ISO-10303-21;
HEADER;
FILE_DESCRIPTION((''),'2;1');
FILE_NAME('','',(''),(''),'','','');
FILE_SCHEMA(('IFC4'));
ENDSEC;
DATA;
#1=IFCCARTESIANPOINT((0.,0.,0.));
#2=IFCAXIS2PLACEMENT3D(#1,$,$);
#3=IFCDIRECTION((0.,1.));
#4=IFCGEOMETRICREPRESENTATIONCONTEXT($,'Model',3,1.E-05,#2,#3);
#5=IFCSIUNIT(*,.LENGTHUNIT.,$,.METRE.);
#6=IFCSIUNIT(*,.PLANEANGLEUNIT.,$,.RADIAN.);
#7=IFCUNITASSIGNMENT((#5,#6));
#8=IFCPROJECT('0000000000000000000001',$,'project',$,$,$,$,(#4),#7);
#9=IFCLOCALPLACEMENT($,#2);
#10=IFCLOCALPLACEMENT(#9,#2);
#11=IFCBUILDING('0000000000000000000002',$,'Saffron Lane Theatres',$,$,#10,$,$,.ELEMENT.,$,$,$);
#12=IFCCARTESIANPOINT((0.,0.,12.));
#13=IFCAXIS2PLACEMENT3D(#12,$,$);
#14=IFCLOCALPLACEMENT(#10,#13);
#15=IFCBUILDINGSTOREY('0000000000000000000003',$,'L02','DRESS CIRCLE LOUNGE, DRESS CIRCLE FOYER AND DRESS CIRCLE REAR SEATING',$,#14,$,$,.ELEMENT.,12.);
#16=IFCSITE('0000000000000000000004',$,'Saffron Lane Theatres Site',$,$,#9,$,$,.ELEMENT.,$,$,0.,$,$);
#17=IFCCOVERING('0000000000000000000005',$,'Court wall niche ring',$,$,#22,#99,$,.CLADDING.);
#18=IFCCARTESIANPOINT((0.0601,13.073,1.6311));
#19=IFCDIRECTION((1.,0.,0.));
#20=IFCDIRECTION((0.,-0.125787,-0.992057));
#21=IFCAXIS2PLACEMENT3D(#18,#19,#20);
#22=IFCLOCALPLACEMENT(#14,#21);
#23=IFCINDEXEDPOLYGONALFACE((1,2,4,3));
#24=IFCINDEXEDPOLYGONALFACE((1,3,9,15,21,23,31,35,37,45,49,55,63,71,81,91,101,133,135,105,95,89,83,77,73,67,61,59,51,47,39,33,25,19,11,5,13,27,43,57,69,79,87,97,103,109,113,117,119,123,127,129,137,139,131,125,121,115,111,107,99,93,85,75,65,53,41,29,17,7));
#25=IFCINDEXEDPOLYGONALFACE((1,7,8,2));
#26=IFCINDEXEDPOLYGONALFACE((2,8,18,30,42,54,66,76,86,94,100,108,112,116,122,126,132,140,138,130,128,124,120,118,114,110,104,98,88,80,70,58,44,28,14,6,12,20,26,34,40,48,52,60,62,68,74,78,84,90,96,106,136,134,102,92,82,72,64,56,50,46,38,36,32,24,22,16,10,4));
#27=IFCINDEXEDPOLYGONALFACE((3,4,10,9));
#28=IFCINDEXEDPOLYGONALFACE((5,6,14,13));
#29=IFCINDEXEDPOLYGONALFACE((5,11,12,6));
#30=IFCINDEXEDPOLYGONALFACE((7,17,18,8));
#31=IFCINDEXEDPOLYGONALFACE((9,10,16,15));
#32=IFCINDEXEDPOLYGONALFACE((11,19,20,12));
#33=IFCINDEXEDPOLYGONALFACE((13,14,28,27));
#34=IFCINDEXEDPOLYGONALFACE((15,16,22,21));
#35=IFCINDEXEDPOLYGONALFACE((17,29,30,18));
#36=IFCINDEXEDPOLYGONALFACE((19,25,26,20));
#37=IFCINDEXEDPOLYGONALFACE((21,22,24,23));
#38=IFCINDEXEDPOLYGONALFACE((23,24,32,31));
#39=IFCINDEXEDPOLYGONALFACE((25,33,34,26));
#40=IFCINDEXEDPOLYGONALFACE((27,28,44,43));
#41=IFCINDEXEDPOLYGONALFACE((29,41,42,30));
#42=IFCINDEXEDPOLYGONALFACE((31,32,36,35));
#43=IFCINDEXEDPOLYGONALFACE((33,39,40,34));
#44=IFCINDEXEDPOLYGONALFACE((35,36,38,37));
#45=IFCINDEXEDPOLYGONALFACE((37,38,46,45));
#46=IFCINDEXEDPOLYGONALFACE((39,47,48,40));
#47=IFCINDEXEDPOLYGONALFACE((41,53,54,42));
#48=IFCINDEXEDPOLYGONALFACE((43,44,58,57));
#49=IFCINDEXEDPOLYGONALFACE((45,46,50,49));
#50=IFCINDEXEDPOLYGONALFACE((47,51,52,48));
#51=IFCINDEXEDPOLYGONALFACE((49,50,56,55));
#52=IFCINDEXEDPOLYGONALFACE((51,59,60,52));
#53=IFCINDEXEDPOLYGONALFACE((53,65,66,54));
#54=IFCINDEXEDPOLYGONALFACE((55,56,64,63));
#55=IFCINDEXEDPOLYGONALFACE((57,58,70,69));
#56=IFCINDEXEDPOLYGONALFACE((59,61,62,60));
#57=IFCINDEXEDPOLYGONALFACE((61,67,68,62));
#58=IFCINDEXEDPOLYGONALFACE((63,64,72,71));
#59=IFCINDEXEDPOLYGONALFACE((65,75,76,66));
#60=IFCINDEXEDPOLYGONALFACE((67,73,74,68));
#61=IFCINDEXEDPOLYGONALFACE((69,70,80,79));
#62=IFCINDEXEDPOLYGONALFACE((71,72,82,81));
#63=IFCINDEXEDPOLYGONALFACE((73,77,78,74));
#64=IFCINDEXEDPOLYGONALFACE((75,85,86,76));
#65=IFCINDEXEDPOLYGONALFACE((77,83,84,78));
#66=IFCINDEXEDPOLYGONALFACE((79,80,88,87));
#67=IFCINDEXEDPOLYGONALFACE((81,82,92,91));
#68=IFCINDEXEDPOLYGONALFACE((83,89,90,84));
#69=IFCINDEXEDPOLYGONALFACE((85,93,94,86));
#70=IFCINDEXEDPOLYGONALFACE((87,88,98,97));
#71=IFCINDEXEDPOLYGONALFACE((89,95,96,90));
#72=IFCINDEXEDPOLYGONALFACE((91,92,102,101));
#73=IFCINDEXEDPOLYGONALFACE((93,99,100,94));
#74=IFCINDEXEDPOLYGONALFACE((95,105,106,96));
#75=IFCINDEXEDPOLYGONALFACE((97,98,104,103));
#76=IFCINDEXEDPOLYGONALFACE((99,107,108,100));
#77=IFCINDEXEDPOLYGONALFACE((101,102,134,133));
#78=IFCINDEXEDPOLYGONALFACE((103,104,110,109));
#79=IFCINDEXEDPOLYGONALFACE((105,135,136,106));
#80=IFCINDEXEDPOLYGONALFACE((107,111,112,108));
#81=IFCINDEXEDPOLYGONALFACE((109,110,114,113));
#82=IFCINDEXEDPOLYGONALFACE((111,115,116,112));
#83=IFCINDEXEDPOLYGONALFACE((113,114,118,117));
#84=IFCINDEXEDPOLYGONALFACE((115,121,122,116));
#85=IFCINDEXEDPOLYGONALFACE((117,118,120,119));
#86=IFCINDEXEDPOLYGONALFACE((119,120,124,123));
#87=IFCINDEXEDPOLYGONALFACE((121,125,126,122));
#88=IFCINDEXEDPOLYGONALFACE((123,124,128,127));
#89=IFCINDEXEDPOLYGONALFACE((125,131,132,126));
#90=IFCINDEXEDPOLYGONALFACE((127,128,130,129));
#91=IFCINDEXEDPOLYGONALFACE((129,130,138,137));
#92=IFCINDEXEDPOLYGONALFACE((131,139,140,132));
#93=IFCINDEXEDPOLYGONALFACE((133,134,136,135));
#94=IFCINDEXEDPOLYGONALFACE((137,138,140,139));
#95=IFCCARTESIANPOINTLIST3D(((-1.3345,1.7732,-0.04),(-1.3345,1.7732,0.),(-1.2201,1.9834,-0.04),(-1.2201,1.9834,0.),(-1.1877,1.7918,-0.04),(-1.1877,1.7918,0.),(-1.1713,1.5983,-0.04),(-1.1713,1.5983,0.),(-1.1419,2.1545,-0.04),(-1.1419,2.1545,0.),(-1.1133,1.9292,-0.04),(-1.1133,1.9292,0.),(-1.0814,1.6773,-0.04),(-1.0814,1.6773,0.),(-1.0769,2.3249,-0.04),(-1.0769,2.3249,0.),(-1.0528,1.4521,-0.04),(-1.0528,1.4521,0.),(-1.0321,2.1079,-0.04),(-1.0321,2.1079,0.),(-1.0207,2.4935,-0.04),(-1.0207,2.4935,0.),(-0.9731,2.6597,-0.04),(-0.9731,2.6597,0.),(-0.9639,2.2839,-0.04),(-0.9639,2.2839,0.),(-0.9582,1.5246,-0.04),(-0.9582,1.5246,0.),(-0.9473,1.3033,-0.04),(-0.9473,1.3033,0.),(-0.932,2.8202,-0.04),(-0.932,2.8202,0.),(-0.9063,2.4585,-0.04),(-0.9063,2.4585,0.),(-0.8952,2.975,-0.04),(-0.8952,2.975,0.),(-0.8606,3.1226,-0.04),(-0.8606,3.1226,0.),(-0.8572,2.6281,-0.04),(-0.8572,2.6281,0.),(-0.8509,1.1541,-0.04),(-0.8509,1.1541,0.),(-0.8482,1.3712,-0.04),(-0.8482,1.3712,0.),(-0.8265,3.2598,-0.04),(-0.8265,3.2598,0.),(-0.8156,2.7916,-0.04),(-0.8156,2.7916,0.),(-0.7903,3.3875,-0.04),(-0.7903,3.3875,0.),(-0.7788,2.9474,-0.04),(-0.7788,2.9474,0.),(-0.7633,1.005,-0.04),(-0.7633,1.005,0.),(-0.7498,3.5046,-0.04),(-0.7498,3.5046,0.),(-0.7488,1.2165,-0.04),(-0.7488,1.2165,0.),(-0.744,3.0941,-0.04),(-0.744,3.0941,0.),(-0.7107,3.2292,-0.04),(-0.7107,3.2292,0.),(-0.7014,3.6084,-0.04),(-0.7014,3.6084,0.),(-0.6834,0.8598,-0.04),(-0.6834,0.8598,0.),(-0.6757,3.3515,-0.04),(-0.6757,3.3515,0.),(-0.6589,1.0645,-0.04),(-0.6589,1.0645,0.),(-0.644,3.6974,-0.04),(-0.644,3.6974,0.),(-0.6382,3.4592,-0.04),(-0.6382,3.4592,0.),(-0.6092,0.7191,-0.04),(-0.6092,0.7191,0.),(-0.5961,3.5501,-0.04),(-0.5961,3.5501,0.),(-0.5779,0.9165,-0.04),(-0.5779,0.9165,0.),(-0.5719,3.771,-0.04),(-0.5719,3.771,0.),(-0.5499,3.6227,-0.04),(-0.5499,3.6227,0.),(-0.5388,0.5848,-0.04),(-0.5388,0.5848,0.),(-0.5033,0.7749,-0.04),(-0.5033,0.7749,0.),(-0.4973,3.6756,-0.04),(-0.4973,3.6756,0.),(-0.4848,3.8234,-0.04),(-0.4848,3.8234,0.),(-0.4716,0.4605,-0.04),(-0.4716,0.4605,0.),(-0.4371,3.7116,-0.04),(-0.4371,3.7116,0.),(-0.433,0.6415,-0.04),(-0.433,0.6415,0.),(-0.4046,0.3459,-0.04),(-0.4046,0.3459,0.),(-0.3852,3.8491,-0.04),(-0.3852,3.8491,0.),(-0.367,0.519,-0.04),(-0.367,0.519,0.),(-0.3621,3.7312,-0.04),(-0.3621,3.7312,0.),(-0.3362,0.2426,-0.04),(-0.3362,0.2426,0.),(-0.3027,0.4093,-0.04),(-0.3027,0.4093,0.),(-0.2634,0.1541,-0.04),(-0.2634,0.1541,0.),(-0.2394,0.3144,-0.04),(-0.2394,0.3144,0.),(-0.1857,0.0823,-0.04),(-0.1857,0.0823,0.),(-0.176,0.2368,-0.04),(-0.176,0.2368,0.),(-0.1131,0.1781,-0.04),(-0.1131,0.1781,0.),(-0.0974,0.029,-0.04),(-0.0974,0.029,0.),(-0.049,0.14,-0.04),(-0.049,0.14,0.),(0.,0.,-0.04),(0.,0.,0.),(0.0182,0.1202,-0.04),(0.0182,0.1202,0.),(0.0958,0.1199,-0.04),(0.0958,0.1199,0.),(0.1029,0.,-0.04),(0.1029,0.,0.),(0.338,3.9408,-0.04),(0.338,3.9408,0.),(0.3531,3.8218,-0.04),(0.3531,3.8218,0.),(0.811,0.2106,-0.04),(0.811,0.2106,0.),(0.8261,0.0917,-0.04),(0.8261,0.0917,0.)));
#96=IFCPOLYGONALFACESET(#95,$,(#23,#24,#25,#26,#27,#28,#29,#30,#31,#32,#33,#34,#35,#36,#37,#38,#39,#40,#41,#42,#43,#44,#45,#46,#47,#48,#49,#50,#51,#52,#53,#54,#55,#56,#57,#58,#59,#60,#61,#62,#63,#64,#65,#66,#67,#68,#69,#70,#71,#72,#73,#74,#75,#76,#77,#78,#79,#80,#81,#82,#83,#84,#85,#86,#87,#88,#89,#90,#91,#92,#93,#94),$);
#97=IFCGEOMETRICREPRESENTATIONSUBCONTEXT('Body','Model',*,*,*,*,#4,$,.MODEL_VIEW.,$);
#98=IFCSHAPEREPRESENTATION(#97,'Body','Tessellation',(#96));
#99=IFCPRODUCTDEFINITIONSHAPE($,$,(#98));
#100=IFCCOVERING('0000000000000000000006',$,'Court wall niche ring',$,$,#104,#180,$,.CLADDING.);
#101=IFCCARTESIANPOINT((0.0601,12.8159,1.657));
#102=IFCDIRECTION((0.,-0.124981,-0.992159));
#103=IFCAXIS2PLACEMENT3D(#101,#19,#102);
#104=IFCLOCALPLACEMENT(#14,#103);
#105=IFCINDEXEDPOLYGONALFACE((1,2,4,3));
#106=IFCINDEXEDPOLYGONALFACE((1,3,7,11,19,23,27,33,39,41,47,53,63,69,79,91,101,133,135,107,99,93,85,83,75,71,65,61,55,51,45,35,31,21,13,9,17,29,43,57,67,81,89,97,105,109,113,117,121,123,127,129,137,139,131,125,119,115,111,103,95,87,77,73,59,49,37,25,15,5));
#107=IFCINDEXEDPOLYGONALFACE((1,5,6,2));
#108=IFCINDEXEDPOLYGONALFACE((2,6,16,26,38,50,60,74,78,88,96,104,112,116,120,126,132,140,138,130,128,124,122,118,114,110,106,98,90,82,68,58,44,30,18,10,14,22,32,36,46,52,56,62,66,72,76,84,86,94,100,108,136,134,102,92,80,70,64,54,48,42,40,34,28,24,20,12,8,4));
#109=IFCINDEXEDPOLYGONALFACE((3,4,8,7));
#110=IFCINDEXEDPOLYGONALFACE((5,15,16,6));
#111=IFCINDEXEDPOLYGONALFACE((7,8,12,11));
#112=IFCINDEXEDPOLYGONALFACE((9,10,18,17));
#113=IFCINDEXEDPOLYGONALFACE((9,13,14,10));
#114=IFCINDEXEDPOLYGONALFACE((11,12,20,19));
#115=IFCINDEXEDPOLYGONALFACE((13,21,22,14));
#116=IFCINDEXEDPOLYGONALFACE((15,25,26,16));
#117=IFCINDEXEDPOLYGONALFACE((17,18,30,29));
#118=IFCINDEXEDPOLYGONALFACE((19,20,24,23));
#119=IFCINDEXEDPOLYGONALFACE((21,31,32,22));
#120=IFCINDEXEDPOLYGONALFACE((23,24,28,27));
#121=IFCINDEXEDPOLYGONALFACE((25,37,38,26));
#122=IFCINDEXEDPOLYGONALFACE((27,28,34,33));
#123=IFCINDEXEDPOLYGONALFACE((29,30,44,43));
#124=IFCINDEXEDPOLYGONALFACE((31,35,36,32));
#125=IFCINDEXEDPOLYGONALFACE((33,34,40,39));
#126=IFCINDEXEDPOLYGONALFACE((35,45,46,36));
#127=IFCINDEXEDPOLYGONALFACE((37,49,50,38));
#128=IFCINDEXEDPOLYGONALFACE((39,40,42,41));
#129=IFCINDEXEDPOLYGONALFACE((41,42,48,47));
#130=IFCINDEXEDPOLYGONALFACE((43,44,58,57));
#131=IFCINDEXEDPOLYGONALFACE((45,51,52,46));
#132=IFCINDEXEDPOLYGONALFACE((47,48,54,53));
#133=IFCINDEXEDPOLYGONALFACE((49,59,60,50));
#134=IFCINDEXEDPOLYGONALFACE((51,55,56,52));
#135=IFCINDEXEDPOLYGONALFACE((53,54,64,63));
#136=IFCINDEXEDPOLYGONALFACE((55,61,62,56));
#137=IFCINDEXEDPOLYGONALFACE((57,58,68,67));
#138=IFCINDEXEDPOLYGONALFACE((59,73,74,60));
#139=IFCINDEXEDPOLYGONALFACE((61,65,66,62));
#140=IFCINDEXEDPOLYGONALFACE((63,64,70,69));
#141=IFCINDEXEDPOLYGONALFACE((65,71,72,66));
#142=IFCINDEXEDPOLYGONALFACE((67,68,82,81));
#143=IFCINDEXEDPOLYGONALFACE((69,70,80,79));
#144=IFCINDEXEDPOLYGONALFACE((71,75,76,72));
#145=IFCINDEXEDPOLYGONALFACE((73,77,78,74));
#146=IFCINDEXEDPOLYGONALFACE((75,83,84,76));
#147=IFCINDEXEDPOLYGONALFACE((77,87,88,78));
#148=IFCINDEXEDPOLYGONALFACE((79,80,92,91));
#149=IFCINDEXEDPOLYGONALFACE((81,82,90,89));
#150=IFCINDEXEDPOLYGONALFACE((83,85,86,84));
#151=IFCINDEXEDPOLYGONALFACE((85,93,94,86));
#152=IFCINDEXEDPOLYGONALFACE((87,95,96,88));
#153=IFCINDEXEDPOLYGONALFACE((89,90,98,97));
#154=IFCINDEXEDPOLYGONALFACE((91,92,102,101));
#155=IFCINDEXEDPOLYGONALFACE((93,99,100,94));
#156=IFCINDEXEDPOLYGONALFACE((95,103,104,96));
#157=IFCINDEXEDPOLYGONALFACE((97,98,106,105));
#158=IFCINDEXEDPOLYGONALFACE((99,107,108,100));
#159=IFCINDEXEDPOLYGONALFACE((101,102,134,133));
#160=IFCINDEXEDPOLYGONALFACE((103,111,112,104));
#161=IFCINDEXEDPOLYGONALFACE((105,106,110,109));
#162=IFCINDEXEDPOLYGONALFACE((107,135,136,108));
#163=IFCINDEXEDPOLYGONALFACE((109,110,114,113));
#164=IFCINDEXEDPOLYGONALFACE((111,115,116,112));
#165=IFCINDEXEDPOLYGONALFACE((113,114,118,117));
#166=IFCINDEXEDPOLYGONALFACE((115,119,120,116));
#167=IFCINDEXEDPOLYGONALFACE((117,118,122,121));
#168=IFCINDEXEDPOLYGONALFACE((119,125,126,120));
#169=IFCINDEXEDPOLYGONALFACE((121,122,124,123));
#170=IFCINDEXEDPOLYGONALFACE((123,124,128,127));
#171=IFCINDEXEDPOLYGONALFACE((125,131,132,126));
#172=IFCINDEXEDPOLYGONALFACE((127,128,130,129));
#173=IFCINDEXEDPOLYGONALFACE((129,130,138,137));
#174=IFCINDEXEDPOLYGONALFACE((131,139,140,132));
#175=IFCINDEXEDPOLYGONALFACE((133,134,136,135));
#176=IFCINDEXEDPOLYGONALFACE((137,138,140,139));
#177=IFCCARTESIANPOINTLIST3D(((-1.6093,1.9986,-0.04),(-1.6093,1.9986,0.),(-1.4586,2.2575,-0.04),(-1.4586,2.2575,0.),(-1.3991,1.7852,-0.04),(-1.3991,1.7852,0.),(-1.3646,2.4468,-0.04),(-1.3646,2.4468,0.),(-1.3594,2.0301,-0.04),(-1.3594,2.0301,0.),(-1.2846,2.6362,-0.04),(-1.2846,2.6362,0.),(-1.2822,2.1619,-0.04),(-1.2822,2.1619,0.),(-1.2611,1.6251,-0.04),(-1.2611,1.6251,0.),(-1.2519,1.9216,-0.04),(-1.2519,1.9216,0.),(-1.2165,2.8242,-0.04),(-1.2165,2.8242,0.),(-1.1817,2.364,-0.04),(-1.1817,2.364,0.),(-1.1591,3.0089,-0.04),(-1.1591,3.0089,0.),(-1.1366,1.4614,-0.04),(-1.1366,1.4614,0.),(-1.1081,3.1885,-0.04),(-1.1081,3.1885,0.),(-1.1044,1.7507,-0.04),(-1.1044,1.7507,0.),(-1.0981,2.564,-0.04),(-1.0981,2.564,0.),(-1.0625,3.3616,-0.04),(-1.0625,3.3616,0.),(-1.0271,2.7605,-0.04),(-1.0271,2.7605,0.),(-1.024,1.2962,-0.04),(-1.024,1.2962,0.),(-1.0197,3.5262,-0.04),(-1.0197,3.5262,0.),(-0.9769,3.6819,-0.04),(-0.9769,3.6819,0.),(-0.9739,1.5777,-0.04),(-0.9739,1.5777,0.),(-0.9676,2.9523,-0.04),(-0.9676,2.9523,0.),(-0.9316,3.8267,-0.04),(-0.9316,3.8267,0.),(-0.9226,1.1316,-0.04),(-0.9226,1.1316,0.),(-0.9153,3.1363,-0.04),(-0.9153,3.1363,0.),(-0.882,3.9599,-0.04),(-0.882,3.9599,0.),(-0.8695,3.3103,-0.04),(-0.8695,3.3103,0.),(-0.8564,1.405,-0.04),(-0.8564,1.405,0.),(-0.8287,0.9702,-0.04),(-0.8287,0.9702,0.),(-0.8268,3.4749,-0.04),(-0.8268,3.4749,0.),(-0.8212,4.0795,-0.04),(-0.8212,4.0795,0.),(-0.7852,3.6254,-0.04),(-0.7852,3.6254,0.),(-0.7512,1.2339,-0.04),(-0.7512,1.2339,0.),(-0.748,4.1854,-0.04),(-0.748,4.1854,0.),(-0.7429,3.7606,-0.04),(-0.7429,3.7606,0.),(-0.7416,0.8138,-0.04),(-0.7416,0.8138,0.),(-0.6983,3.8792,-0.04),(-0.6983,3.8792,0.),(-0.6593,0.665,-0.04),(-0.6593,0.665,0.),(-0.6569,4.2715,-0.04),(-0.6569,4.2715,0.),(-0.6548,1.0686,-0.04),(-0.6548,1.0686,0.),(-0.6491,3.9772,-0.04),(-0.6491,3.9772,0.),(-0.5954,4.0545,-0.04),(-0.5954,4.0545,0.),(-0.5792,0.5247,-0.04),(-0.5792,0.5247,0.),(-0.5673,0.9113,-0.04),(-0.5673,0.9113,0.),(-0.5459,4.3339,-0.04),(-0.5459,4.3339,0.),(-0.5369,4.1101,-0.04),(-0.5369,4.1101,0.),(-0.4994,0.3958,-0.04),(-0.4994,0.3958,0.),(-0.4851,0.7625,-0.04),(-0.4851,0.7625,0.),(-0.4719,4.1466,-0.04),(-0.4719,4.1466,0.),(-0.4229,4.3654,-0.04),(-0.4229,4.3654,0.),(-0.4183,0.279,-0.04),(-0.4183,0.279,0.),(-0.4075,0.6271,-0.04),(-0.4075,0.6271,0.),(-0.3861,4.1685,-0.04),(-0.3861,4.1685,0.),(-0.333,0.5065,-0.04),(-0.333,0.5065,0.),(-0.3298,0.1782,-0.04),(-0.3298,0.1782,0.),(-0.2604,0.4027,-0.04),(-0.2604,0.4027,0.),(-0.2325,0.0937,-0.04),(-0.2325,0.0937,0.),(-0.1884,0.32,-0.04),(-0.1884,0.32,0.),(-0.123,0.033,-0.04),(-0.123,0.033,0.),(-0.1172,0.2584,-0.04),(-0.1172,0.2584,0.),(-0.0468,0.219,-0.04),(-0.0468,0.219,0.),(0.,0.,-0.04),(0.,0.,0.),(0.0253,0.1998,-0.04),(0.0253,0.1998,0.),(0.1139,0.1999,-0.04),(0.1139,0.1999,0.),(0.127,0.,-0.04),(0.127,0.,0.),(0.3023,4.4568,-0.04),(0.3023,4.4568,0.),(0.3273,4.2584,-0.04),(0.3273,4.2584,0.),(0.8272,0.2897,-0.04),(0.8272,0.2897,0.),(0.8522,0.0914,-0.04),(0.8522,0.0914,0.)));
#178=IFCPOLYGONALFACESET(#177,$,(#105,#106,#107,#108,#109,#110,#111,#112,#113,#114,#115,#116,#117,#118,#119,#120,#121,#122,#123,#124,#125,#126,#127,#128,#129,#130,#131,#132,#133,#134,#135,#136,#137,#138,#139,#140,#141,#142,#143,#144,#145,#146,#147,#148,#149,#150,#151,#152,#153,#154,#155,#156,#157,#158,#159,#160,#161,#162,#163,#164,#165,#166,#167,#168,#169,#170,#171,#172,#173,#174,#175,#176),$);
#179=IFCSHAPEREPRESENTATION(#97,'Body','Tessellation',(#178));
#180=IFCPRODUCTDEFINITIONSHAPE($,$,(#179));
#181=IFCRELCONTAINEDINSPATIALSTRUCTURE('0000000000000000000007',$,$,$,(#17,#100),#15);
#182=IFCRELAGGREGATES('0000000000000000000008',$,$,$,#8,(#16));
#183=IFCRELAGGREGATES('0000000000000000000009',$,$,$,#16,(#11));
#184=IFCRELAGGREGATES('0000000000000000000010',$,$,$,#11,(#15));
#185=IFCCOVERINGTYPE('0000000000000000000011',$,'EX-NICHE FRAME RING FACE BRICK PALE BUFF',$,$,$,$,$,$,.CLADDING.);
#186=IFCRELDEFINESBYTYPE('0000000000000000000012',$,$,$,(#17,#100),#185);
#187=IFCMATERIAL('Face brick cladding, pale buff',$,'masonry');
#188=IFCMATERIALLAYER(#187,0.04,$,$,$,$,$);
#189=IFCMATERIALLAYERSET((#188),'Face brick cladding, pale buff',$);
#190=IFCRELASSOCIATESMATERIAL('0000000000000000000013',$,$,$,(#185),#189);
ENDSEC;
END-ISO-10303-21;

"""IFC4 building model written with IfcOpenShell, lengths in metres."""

from ifc_helpers import new_model, si_unit, direction, frame, origin, place, context, subcontext, project, spatial, polyline, outline, extrude, material, layer, layer_set, type_object, element, save


model = new_model("IFC4")

# Units and contexts
model_context = context("Model", 3, precision=1e-05, world=origin(), true_north=direction((0.0, 1.0)))
body_context = subcontext(model_context, "Body", "Model", "MODEL_VIEW")
ifc_project = project(units=[si_unit("LENGTHUNIT", "METRE"), si_unit("PLANEANGLEUNIT", "RADIAN")], contexts=[model_context])

# Site, building, storey
site_placement = place(None, origin())
site = spatial("IfcSite", under=ifc_project, at=site_placement, Name="Saffron Lane Theatres Site", CompositionType="ELEMENT", RefElevation=0.0)
building_placement = place(site_placement, origin())
building = spatial("IfcBuilding", under=site, at=building_placement, Name="Saffron Lane Theatres", CompositionType="ELEMENT")
storey_placement = place(building_placement, frame((0.0, 0.0, 12.0)))
storey = spatial("IfcBuildingStorey", under=building, at=storey_placement, Name="L02", Description="DRESS CIRCLE LOUNGE, DRESS CIRCLE FOYER AND DRESS CIRCLE REAR SEATING", CompositionType="ELEMENT", Elevation=12.0)

# Coverings
ifc_material_1 = material(Name="Face brick cladding, pale buff", Category="masonry")
ifc_layer_1 = layer(ifc_material_1, 0.04)
ifc_layer_set_1 = layer_set([ifc_layer_1], Name="Face brick cladding, pale buff")
covering_type_1 = type_object("IfcCoveringType", Name="EX-NICHE FRAME RING FACE BRICK PALE BUFF", PredefinedType="CLADDING", material=ifc_layer_set_1)
covering_1_placement = place(storey_placement, frame((0.0601, 13.073, 1.6311), z_axis=(1.0, 0.0, 0.0), x_axis=(0.0, -0.125787, -0.992057)))
element("IfcCovering", 1, at=covering_1_placement, inside=storey, type_object=covering_type_1, Name="Court wall niche ring", PredefinedType="CLADDING", context=body_context, shape_type="SweptSolid", body=[
    extrude(outline(polyline([(0.0, 0.0), (0.1029, 0.0), (0.8261, 0.0917), (0.811, 0.2106), (0.0958, 0.1199), (0.0182, 0.1202), (-0.049, 0.14), (-0.1131, 0.1781), (-0.176, 0.2368), (-0.2394, 0.3144), (-0.3027, 0.4093), (-0.367, 0.519), (-0.433, 0.6415), (-0.5033, 0.7749), (-0.5779, 0.9165), (-0.6589, 1.0645), (-0.7488, 1.2165), (-0.8482, 1.3712), (-0.9582, 1.5246), (-1.0814, 1.6773), (-1.1877, 1.7918), (-1.1133, 1.9292), (-1.0321, 2.1079), (-0.9639, 2.2839), (-0.9063, 2.4585), (-0.8572, 2.6281), (-0.8156, 2.7916), (-0.7788, 2.9474), (-0.744, 3.0941), (-0.7107, 3.2292), (-0.6757, 3.3515), (-0.6382, 3.4592), (-0.5961, 3.5501), (-0.5499, 3.6227), (-0.4973, 3.6756), (-0.4371, 3.7116), (-0.3621, 3.7312), (0.3531, 3.8218), (0.338, 3.9408), (-0.3852, 3.8491), (-0.4848, 3.8234), (-0.5719, 3.771), (-0.644, 3.6974), (-0.7014, 3.6084), (-0.7498, 3.5046), (-0.7903, 3.3875), (-0.8265, 3.2598), (-0.8606, 3.1226), (-0.8952, 2.975), (-0.932, 2.8202), (-0.9731, 2.6597), (-1.0207, 2.4935), (-1.0769, 2.3249), (-1.1419, 2.1545), (-1.2201, 1.9834), (-1.3345, 1.7732), (-1.1713, 1.5983), (-1.0528, 1.4521), (-0.9473, 1.3033), (-0.8509, 1.1541), (-0.7633, 1.005), (-0.6834, 0.8598), (-0.6092, 0.7191), (-0.5388, 0.5848), (-0.4716, 0.4605), (-0.4046, 0.3459), (-0.3362, 0.2426), (-0.2634, 0.1541), (-0.1857, 0.0823), (-0.0974, 0.029), (0.0, 0.0)])), origin(), (0.0, 0.0, -1.0), 0.04),
])
covering_2_placement = place(storey_placement, frame((0.0601, 12.8159, 1.657), z_axis=(1.0, 0.0, 0.0), x_axis=(0.0, -0.124981, -0.992159)))
element("IfcCovering", 2, at=covering_2_placement, inside=storey, type_object=covering_type_1, Name="Court wall niche ring", PredefinedType="CLADDING", context=body_context, shape_type="SweptSolid", body=[
    extrude(outline(polyline([(0.0, 0.0), (0.127, 0.0), (0.8522, 0.0914), (0.8272, 0.2897), (0.1139, 0.1999), (0.0253, 0.1998), (-0.0468, 0.219), (-0.1172, 0.2584), (-0.1884, 0.32), (-0.2604, 0.4027), (-0.333, 0.5065), (-0.4075, 0.6271), (-0.4851, 0.7625), (-0.5673, 0.9113), (-0.6548, 1.0686), (-0.7512, 1.2339), (-0.8564, 1.405), (-0.9739, 1.5777), (-1.1044, 1.7507), (-1.2519, 1.9216), (-1.3594, 2.0301), (-1.2822, 2.1619), (-1.1817, 2.364), (-1.0981, 2.564), (-1.0271, 2.7605), (-0.9676, 2.9523), (-0.9153, 3.1363), (-0.8695, 3.3103), (-0.8268, 3.4749), (-0.7852, 3.6254), (-0.7429, 3.7606), (-0.6983, 3.8792), (-0.6491, 3.9772), (-0.5954, 4.0545), (-0.5369, 4.1101), (-0.4719, 4.1466), (-0.3861, 4.1685), (0.3273, 4.2584), (0.3023, 4.4568), (-0.4229, 4.3654), (-0.5459, 4.3339), (-0.6569, 4.2715), (-0.748, 4.1854), (-0.8212, 4.0795), (-0.882, 3.9599), (-0.9316, 3.8267), (-0.9769, 3.6819), (-1.0197, 3.5262), (-1.0625, 3.3616), (-1.1081, 3.1885), (-1.1591, 3.0089), (-1.2165, 2.8242), (-1.2846, 2.6362), (-1.3646, 2.4468), (-1.4586, 2.2575), (-1.6093, 1.9986), (-1.3991, 1.7852), (-1.2611, 1.6251), (-1.1366, 1.4614), (-1.024, 1.2962), (-0.9226, 1.1316), (-0.8287, 0.9702), (-0.7416, 0.8138), (-0.6593, 0.665), (-0.5792, 0.5247), (-0.4994, 0.3958), (-0.4183, 0.279), (-0.3298, 0.1782), (-0.2325, 0.0937), (-0.123, 0.033), (0.0, 0.0)])), origin(), (0.0, 0.0, -1.0), 0.04),
])

save(model, "model.ifc")
